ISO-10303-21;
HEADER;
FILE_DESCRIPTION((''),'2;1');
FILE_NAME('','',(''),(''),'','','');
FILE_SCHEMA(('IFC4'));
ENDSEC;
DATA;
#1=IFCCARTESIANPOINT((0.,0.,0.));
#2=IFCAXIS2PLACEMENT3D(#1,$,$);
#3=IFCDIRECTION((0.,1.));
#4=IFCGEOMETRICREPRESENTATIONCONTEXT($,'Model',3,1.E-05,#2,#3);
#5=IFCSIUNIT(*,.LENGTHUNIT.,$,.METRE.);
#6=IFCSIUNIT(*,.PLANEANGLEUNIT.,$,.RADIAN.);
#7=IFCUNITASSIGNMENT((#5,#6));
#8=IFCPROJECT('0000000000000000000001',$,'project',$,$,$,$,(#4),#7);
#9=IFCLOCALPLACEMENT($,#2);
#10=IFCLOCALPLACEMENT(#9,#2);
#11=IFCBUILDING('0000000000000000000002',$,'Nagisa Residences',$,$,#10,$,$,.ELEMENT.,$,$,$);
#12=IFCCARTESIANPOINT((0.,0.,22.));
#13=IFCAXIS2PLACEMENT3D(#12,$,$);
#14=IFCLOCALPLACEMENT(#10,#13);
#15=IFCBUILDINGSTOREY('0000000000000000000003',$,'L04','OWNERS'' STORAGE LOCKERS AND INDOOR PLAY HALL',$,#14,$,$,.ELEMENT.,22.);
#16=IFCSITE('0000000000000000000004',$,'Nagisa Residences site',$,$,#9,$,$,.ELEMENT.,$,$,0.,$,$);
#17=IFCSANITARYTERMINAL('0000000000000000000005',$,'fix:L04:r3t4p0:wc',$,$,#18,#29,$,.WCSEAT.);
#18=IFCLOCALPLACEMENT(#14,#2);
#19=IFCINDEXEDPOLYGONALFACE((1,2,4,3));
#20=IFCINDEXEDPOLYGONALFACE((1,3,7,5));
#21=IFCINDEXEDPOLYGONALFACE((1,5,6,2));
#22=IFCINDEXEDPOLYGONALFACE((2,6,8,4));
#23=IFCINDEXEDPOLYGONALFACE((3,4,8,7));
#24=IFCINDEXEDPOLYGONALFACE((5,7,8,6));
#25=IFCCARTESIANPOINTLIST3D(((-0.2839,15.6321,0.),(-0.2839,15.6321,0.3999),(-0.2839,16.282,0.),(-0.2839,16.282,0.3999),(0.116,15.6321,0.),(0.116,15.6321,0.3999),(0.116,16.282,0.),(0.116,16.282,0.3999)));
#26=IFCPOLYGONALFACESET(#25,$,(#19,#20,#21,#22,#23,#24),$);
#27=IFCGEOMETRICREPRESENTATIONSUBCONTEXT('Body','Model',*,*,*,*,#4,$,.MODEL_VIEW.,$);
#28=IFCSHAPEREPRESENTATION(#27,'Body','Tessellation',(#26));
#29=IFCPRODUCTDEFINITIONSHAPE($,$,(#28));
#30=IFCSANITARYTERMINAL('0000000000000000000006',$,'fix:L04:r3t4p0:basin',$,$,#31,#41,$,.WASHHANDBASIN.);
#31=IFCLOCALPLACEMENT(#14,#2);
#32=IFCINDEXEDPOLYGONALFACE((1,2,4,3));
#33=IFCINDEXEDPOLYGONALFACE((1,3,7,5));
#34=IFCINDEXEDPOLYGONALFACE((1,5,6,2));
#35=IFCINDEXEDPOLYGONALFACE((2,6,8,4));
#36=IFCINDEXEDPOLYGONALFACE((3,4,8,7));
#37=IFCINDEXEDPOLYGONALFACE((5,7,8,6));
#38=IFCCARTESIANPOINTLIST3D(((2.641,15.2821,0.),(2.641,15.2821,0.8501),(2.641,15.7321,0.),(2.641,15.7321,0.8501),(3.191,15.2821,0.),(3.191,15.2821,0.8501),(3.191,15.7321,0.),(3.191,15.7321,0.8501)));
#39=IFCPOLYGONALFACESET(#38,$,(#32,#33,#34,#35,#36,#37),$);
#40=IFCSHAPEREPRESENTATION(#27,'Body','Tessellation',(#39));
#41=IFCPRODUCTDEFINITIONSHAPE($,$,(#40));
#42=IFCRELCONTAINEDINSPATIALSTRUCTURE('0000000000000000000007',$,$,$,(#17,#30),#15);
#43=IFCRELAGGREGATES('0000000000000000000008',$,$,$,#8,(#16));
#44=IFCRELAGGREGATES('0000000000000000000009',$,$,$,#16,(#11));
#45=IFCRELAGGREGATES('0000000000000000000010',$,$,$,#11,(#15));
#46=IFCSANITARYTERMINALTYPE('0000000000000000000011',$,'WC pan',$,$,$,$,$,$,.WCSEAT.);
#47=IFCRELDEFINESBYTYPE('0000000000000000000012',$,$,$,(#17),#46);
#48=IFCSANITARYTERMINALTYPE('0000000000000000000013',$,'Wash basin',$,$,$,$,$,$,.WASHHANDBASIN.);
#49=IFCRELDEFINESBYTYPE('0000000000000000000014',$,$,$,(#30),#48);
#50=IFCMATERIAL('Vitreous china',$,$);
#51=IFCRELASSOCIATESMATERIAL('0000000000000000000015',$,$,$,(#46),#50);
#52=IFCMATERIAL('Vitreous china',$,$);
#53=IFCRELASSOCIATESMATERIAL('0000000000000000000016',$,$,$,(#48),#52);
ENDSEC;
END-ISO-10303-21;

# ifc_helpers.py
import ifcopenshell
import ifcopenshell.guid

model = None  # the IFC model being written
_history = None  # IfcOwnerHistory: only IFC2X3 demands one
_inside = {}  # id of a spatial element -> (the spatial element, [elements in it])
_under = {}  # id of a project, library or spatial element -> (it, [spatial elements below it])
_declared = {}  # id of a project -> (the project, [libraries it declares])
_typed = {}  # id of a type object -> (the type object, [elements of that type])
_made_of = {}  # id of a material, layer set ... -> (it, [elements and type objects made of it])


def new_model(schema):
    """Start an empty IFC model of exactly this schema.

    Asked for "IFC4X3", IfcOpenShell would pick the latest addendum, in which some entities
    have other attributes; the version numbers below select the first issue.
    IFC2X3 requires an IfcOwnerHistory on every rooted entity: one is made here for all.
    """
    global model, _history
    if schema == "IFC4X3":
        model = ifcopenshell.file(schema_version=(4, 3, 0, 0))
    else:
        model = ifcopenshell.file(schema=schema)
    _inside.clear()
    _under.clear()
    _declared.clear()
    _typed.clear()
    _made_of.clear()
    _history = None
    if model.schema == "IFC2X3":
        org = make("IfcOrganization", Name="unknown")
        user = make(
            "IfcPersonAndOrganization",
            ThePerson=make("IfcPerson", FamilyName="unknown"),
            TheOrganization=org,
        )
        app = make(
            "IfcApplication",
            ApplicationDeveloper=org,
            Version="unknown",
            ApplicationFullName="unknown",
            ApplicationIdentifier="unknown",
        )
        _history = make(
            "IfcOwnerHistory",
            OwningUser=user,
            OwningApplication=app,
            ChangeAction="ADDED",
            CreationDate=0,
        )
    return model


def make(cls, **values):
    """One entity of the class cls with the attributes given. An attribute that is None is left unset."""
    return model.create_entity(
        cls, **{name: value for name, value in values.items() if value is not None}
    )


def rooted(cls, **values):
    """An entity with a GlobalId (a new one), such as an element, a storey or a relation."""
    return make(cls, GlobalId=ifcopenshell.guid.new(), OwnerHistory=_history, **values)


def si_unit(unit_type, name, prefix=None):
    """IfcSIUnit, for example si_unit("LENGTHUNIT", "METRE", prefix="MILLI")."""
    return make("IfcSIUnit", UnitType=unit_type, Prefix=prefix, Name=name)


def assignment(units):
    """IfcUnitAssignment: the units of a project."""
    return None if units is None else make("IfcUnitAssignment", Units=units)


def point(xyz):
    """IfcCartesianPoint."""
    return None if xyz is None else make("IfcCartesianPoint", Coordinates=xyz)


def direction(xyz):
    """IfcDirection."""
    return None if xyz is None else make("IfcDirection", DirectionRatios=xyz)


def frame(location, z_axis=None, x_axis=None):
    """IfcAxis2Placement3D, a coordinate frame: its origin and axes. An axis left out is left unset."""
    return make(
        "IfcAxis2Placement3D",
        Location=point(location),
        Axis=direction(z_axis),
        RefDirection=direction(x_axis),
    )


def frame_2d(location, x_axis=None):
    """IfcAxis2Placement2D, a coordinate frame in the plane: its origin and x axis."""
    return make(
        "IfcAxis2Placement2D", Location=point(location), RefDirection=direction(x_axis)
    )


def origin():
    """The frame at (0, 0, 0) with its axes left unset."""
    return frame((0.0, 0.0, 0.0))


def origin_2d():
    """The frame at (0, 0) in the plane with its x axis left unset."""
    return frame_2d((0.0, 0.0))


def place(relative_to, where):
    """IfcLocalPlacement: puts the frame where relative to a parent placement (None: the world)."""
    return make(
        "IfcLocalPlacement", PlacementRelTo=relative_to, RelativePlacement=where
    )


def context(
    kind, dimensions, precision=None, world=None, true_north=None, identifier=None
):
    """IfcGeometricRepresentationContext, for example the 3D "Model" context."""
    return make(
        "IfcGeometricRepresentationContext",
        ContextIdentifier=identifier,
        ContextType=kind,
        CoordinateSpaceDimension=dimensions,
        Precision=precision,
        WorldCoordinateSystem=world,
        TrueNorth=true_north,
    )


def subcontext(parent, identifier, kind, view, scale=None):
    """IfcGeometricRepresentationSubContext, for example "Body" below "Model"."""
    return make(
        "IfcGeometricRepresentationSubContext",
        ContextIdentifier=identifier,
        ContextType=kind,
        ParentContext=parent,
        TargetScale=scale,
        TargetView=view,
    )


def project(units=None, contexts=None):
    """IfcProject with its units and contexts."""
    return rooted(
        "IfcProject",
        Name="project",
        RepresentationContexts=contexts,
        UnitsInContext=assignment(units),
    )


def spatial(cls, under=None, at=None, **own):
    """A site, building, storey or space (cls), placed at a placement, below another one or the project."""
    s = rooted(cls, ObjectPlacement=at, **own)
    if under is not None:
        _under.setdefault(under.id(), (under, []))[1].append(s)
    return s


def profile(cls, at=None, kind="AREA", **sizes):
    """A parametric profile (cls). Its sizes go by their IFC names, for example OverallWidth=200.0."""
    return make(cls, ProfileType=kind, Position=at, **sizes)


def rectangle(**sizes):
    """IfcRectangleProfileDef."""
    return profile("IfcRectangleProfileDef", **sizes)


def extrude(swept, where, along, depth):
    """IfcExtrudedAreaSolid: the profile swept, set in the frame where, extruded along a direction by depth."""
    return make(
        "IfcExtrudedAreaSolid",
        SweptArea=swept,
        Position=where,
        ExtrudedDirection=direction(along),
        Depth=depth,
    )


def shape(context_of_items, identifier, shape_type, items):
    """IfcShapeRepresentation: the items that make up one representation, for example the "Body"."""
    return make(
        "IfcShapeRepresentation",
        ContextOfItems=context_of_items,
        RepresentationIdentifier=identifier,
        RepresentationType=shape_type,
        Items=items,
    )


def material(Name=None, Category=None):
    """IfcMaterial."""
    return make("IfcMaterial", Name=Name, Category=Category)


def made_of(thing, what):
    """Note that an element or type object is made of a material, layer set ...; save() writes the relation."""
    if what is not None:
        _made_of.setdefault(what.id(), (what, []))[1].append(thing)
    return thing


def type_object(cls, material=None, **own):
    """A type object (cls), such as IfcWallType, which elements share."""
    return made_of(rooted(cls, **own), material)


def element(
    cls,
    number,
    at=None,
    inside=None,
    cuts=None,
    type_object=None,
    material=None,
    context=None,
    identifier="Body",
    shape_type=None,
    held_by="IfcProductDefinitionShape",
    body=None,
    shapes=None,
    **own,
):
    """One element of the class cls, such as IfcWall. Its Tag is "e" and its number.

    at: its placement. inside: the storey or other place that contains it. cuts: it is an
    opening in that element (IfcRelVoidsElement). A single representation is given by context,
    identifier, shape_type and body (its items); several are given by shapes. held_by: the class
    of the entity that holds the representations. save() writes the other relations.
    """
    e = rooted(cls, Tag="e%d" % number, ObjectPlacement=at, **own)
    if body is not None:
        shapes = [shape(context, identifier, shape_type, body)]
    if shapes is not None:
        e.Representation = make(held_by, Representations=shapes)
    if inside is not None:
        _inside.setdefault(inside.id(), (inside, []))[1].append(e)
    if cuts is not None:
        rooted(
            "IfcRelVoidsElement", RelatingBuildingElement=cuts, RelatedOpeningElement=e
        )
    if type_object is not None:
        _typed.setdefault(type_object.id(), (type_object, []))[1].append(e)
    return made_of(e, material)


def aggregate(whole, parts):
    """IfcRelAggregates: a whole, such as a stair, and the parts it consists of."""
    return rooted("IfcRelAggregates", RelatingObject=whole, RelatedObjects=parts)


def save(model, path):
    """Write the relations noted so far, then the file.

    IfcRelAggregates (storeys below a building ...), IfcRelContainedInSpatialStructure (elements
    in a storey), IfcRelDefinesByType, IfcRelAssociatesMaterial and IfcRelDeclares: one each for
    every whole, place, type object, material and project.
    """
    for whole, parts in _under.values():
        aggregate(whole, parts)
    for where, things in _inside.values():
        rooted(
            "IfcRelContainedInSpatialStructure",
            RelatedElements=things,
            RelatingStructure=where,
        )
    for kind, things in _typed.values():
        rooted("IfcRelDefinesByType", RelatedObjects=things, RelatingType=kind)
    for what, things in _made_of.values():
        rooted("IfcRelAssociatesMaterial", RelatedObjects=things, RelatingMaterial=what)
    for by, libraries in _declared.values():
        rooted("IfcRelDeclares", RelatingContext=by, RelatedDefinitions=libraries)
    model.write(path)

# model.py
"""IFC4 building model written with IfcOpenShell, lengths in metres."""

from ifc_helpers import new_model, si_unit, direction, frame, origin, origin_2d, place, context, subcontext, project, spatial, rectangle, extrude, material, type_object, element, save


model = new_model("IFC4")

# Units and contexts
model_context = context("Model", 3, precision=1e-05, world=origin(), true_north=direction((0.0, 1.0)))
body_context = subcontext(model_context, "Body", "Model", "MODEL_VIEW")
ifc_project = project(units=[si_unit("LENGTHUNIT", "METRE"), si_unit("PLANEANGLEUNIT", "RADIAN")], contexts=[model_context])

# Site, building, storey
site_placement = place(None, origin())
site = spatial("IfcSite", under=ifc_project, at=site_placement, Name="Nagisa Residences site", CompositionType="ELEMENT", RefElevation=0.0)
building_placement = place(site_placement, origin())
building = spatial("IfcBuilding", under=site, at=building_placement, Name="Nagisa Residences", CompositionType="ELEMENT")
storey_placement = place(building_placement, frame((0.0, 0.0, 22.0)))
storey = spatial("IfcBuildingStorey", under=building, at=storey_placement, Name="L04", Description="OWNERS' STORAGE LOCKERS AND INDOOR PLAY HALL", CompositionType="ELEMENT", Elevation=22.0)

# Sanitary terminals
ifc_material_1 = material(Name="Vitreous china")
sanitary_terminal_type_1 = type_object("IfcSanitaryTerminalType", Name="WC pan", PredefinedType="WCSEAT", material=ifc_material_1)
sanitary_terminal_1_placement = place(storey_placement, frame((-0.084, 15.957, 0.0), z_axis=(0.0, 0.0, 1.0), x_axis=(1.0, 0.0, 0.0)))
element("IfcSanitaryTerminal", 1, at=sanitary_terminal_1_placement, inside=storey, type_object=sanitary_terminal_type_1, Name="fix:L04:r3t4p0:wc", PredefinedType="WCSEAT", context=body_context, shape_type="SweptSolid", body=[
    extrude(rectangle(XDim=0.3999, YDim=0.6499, at=origin_2d()), origin(), (0.0, 0.0, 1.0), 0.3999),
])
ifc_material_2 = material(Name="Vitreous china")
sanitary_terminal_type_2 = type_object("IfcSanitaryTerminalType", Name="Wash basin", PredefinedType="WASHHANDBASIN", material=ifc_material_2)
sanitary_terminal_2_placement = place(storey_placement, frame((2.916, 15.5071, 0.0), z_axis=(0.0, 0.0, 1.0), x_axis=(1.0, 0.0, 0.0)))
element("IfcSanitaryTerminal", 2, at=sanitary_terminal_2_placement, inside=storey, type_object=sanitary_terminal_type_2, Name="fix:L04:r3t4p0:basin", PredefinedType="WASHHANDBASIN", context=body_context, shape_type="SweptSolid", body=[
    extrude(rectangle(XDim=0.55, YDim=0.45, at=origin_2d()), origin(), (0.0, 0.0, 1.0), 0.8501),
])

save(model, "model.ifc")
